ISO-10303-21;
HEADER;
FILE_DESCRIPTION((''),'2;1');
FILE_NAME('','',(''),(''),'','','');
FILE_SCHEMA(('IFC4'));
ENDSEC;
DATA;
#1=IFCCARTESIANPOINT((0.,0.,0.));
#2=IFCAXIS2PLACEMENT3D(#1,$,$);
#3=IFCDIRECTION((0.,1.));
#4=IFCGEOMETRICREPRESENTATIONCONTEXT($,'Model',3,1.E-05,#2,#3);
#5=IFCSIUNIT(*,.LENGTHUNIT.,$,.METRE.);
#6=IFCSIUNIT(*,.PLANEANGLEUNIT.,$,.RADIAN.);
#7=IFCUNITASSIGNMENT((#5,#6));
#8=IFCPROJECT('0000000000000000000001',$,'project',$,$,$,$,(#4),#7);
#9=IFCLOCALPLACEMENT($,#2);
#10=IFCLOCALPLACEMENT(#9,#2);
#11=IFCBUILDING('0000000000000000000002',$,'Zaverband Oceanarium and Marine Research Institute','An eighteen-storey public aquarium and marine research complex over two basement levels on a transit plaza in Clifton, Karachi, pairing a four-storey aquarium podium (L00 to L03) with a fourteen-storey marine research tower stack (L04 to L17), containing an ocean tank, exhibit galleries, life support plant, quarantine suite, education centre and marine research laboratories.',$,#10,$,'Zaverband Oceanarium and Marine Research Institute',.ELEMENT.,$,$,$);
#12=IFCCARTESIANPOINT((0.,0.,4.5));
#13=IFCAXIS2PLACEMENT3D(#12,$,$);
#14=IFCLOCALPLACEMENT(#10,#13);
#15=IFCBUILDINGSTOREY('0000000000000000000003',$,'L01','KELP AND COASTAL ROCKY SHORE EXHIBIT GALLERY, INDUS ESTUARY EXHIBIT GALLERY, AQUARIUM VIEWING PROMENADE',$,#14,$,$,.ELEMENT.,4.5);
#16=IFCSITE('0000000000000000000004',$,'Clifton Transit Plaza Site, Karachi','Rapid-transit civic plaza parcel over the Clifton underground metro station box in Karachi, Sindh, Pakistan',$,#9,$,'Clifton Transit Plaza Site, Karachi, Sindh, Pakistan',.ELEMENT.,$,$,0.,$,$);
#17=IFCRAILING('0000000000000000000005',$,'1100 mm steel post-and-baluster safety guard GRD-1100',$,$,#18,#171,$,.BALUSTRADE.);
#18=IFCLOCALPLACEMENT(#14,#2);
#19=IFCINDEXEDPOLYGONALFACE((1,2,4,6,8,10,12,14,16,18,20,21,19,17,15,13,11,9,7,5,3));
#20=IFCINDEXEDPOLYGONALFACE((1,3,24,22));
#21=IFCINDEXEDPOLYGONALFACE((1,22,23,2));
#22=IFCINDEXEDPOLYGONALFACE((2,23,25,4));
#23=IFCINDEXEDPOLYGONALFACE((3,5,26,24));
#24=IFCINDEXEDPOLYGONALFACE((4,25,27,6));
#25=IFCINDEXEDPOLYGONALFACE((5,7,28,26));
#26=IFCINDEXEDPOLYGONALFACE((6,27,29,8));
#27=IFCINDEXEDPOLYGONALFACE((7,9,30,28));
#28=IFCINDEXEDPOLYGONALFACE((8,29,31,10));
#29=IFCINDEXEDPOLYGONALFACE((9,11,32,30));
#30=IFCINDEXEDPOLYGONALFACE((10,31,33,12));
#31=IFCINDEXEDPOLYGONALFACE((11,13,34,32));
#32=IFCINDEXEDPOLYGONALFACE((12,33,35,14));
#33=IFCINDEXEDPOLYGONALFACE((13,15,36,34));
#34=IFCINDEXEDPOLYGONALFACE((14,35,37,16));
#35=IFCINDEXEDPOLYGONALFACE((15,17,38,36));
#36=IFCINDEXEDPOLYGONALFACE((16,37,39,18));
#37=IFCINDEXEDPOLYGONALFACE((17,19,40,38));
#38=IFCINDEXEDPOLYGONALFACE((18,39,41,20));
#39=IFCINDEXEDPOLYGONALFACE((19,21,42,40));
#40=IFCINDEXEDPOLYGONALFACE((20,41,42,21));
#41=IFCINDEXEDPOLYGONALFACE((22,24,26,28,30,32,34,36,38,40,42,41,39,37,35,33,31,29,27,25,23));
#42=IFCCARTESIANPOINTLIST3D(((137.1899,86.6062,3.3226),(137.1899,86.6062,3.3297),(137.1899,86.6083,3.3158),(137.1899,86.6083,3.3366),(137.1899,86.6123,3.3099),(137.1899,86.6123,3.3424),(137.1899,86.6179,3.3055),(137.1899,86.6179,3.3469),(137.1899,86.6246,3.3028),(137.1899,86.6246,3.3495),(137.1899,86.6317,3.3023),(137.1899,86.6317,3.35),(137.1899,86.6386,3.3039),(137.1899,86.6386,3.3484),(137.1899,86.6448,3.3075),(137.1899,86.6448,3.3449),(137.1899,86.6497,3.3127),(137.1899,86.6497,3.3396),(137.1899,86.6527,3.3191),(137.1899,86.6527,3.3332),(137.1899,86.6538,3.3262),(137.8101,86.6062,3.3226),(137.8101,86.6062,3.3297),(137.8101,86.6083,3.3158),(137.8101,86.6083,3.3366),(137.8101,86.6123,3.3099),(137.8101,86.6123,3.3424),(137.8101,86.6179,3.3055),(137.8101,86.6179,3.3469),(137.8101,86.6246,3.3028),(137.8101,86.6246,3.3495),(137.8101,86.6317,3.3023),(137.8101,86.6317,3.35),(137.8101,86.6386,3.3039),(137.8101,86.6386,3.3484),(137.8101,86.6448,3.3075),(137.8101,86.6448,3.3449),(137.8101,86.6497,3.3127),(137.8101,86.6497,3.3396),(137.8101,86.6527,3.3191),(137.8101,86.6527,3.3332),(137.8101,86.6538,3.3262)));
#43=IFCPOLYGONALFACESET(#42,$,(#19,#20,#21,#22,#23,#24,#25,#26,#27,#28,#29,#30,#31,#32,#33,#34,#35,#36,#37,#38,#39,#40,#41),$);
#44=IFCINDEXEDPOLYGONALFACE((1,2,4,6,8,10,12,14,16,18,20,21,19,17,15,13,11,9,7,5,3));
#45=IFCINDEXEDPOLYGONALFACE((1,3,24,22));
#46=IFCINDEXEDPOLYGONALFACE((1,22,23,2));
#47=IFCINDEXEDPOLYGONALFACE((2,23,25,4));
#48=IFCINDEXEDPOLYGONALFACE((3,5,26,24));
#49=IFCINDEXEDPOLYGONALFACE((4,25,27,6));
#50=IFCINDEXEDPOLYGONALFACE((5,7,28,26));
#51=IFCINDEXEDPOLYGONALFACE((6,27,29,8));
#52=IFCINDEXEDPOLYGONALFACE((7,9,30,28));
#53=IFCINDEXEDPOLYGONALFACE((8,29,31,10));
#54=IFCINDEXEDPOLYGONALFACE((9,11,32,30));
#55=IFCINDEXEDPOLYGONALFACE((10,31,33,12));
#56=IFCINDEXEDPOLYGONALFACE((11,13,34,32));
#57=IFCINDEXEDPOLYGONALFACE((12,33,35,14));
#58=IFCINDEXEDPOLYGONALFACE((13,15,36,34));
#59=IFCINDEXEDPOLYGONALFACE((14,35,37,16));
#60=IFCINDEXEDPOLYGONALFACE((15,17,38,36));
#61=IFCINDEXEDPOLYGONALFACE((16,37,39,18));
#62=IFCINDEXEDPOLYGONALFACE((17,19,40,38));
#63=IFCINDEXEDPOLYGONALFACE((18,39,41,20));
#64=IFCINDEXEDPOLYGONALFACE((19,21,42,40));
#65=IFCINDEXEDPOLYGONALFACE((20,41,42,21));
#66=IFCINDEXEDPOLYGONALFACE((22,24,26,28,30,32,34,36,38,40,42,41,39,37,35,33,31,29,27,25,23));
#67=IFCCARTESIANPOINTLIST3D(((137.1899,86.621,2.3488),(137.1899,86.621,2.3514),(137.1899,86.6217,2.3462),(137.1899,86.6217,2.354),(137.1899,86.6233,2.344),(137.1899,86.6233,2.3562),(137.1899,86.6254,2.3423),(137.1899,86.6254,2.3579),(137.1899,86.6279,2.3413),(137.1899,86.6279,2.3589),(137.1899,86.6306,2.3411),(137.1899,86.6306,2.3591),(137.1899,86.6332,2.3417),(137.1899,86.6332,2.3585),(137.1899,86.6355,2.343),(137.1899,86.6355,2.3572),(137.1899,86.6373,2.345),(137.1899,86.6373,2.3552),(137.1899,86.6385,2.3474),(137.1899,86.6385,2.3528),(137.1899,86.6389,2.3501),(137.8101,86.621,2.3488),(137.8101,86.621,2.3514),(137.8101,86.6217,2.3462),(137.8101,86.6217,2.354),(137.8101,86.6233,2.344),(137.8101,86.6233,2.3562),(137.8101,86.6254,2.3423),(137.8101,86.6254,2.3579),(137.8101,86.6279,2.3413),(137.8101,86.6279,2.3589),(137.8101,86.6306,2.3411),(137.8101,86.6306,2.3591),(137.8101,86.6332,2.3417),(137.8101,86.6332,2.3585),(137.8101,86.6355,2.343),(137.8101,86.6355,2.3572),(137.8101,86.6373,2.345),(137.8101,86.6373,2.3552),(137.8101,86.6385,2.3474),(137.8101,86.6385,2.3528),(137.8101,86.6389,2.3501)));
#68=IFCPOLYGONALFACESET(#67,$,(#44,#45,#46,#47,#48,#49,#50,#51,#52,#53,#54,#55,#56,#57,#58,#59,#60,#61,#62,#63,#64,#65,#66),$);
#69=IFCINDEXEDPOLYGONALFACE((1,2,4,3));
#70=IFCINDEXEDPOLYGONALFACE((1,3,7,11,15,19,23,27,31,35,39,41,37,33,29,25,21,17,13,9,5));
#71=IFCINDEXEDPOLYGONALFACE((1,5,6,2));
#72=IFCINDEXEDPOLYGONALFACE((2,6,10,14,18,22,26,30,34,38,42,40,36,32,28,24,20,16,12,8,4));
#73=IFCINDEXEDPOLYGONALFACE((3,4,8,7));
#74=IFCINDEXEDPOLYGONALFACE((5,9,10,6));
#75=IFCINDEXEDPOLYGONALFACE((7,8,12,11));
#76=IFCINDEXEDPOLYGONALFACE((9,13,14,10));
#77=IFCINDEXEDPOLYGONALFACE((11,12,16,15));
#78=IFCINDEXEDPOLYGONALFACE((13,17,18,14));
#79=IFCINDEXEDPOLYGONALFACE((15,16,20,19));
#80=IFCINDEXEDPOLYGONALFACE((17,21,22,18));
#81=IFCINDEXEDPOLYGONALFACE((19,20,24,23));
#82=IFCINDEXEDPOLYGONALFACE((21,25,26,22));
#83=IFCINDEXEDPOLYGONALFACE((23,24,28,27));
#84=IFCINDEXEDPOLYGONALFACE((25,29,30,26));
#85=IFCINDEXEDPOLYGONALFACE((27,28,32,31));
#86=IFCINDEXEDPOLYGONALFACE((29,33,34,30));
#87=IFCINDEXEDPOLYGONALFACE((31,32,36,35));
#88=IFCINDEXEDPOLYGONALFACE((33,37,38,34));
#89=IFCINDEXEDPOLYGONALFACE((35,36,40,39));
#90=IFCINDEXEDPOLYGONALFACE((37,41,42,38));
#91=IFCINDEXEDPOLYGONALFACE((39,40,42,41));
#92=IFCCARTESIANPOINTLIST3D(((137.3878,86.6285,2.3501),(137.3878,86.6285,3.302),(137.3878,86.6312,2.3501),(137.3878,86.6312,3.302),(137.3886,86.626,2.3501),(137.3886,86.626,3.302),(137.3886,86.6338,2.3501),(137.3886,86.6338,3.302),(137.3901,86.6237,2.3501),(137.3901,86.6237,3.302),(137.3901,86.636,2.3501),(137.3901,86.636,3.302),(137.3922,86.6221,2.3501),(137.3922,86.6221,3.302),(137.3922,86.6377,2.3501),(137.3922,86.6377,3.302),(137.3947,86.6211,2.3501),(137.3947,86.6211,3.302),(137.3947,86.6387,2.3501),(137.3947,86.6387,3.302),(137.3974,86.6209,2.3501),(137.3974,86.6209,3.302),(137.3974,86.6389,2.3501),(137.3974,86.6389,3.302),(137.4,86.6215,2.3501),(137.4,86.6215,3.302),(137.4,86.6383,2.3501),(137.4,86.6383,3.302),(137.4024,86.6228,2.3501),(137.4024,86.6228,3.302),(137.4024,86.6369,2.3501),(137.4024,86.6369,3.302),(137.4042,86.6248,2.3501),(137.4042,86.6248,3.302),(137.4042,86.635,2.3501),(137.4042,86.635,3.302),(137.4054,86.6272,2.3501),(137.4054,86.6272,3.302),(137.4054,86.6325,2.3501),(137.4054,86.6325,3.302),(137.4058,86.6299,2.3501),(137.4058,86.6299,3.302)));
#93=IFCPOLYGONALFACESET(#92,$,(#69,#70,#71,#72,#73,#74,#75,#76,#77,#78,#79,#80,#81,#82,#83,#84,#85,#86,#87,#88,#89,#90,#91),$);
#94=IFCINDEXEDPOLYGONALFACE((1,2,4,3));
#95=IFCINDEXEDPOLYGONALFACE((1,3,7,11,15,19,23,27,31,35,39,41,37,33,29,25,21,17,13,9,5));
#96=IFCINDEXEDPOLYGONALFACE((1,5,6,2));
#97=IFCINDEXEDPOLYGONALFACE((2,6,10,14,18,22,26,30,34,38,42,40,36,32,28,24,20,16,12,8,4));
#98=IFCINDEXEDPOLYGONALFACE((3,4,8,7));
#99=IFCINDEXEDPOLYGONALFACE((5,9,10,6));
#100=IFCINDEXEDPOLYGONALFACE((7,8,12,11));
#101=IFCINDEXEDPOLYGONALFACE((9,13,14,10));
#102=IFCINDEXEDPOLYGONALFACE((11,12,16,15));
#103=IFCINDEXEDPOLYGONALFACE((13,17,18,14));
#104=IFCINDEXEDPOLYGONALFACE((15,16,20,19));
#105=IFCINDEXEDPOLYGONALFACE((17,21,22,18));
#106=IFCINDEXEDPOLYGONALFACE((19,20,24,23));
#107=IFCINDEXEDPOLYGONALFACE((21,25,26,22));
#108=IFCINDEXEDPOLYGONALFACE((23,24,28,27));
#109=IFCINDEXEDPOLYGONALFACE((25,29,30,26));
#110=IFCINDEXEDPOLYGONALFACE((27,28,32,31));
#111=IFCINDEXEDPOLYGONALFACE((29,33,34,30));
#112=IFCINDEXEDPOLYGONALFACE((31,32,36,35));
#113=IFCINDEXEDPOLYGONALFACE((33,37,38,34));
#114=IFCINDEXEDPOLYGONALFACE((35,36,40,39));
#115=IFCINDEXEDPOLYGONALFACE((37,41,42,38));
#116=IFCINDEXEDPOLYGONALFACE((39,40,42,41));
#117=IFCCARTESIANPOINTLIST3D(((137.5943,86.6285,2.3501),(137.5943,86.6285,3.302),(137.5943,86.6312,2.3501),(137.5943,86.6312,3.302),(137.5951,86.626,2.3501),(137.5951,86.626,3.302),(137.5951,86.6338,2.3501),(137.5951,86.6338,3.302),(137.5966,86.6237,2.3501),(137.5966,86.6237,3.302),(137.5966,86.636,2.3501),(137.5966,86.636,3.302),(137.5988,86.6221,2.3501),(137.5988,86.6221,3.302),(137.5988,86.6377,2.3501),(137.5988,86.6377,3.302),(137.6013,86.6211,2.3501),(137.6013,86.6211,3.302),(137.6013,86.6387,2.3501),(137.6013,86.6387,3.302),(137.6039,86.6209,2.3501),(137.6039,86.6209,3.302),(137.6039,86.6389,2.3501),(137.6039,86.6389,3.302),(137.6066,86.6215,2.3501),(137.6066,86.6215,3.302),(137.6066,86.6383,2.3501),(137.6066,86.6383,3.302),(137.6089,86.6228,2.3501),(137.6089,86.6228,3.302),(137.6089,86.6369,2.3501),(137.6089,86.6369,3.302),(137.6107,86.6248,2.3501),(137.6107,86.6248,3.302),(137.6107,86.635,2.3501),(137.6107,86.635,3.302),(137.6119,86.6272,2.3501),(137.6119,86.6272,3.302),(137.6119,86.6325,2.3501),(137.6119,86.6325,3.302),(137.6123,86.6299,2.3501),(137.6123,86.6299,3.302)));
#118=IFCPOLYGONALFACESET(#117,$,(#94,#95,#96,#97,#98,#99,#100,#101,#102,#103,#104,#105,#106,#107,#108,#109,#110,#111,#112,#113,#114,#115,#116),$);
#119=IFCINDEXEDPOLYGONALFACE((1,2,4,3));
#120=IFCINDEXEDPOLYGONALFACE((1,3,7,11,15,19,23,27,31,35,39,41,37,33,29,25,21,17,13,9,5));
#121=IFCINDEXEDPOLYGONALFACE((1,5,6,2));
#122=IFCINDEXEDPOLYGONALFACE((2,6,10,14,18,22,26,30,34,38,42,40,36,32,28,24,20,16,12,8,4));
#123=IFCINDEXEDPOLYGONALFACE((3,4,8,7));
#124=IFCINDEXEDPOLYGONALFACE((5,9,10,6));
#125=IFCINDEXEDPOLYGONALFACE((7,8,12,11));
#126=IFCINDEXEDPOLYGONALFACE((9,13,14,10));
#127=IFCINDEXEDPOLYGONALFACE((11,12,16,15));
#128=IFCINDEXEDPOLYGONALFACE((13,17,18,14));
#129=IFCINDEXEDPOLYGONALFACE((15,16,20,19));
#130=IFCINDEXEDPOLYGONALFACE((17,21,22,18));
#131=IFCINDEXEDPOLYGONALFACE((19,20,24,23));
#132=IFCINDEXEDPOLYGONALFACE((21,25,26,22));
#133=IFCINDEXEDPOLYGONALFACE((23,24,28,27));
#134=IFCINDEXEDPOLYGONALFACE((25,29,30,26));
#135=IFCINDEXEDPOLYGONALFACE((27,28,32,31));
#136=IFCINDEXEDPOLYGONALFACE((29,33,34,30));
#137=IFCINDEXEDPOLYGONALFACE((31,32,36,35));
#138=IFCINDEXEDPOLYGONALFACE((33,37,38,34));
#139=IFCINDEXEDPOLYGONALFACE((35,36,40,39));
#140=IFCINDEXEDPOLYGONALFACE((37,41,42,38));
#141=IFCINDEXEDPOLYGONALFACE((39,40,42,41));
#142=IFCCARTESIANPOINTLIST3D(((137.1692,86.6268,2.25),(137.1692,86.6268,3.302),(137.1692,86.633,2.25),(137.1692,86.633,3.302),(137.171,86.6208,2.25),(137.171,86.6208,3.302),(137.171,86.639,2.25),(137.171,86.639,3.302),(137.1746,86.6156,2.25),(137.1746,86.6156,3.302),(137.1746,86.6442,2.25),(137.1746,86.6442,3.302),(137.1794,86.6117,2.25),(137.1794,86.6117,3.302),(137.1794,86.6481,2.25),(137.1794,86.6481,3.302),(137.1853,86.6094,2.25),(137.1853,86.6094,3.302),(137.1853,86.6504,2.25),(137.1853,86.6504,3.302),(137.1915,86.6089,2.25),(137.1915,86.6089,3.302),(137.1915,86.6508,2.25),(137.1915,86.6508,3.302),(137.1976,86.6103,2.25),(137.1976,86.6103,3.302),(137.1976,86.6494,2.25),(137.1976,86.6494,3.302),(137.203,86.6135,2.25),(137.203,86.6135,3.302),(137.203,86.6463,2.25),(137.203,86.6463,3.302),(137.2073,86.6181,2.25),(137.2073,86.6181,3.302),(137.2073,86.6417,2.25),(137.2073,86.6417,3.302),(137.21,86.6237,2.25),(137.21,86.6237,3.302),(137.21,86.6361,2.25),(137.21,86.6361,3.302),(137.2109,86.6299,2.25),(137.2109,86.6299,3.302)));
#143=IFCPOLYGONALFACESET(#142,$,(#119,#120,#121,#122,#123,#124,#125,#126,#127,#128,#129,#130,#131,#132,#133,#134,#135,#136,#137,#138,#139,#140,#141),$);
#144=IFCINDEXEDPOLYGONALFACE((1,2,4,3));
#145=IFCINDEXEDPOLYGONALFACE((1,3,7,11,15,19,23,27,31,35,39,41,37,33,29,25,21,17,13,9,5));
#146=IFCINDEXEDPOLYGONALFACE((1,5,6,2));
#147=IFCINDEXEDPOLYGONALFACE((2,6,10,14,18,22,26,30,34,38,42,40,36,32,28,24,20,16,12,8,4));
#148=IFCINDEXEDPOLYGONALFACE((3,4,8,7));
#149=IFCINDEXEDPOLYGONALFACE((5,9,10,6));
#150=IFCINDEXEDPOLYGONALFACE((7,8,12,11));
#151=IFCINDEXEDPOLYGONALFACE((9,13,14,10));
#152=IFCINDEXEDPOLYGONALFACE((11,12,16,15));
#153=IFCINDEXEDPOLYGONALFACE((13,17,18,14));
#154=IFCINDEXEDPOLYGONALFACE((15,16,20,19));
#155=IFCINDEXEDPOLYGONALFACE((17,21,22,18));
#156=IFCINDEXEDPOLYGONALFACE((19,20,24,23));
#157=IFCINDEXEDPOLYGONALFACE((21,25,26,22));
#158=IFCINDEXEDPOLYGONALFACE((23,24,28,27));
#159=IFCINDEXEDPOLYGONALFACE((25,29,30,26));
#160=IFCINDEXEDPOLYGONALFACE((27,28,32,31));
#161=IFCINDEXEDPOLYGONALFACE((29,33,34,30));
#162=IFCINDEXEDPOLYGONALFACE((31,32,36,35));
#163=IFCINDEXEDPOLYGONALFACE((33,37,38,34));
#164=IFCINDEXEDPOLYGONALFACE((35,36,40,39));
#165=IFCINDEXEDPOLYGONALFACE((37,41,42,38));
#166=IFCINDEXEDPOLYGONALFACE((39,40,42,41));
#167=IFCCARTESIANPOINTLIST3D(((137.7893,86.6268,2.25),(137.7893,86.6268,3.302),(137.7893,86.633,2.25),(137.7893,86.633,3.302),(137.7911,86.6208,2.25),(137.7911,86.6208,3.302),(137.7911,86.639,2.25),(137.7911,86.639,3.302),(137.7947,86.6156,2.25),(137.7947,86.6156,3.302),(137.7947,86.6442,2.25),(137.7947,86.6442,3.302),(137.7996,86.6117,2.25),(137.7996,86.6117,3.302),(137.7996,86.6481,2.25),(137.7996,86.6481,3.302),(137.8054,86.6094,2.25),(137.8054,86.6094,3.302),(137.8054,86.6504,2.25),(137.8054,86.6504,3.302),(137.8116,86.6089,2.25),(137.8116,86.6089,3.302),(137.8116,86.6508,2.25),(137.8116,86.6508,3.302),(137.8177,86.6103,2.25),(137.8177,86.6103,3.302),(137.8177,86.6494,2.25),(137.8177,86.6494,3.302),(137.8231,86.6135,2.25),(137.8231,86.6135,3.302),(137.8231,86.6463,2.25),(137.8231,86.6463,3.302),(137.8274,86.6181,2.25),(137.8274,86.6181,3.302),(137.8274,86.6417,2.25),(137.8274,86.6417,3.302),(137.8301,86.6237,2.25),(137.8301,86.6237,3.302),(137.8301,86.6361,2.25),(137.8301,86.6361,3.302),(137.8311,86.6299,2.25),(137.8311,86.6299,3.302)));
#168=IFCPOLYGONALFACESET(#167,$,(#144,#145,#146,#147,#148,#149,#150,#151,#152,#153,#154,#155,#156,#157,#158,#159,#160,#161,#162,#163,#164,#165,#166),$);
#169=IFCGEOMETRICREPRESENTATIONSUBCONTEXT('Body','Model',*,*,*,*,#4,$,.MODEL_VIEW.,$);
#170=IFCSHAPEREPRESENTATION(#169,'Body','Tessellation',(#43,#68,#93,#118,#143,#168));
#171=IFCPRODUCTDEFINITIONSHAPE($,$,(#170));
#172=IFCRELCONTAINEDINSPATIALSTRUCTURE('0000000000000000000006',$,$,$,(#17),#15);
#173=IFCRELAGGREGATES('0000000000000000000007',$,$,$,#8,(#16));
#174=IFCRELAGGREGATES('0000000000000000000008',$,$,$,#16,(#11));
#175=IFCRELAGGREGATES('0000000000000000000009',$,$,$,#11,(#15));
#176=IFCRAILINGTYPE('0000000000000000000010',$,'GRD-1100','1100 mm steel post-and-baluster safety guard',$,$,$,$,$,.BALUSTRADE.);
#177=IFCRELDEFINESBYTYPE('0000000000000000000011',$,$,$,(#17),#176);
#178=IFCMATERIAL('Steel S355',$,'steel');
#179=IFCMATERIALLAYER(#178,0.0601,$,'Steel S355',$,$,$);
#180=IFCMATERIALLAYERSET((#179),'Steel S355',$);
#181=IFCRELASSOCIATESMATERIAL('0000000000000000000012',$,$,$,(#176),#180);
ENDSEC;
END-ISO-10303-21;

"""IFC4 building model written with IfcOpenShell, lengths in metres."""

from ifc_helpers import new_model, si_unit, direction, frame, origin, origin_2d, place, context, subcontext, project, spatial, circle, extrude, material, layer, layer_set, type_object, element, save


model = new_model("IFC4")

# Units and contexts
model_context = context("Model", 3, precision=1e-05, world=origin(), true_north=direction((0.0, 1.0)))
body_context = subcontext(model_context, "Body", "Model", "MODEL_VIEW")
ifc_project = project(units=[si_unit("LENGTHUNIT", "METRE"), si_unit("PLANEANGLEUNIT", "RADIAN")], contexts=[model_context])

# Site, building, storey
site_placement = place(None, origin())
site = spatial("IfcSite", under=ifc_project, at=site_placement, Name="Clifton Transit Plaza Site, Karachi", Description="Rapid-transit civic plaza parcel over the Clifton underground metro station box in Karachi, Sindh, Pakistan", LongName="Clifton Transit Plaza Site, Karachi, Sindh, Pakistan", CompositionType="ELEMENT", RefElevation=0.0)
building_placement = place(site_placement, origin())
building = spatial("IfcBuilding", under=site, at=building_placement, Name="Zaverband Oceanarium and Marine Research Institute", Description="An eighteen-storey public aquarium and marine research complex over two basement levels on a transit plaza in Clifton, Karachi, pairing a four-storey aquarium podium (L00 to L03) with a fourteen-storey marine research tower stack (L04 to L17), containing an ocean tank, exhibit galleries, life support plant, quarantine suite, education centre and marine research laboratories.", LongName="Zaverband Oceanarium and Marine Research Institute", CompositionType="ELEMENT")
storey_placement = place(building_placement, frame((0.0, 0.0, 4.5)))
storey = spatial("IfcBuildingStorey", under=building, at=storey_placement, Name="L01", Description="KELP AND COASTAL ROCKY SHORE EXHIBIT GALLERY, INDUS ESTUARY EXHIBIT GALLERY, AQUARIUM VIEWING PROMENADE", CompositionType="ELEMENT", Elevation=4.5)

# Shared definitions
ifc_material_1 = material(Name="Steel S355", Category="steel")

# Railing
ifc_layer_1 = layer(ifc_material_1, 0.0601, Name="Steel S355")
ifc_layer_set_1 = layer_set([ifc_layer_1], Name="Steel S355")
railing_type_1 = type_object("IfcRailingType", Name="GRD-1100", Description="1100 mm steel post-and-baluster safety guard", PredefinedType="BALUSTRADE", material=ifc_layer_set_1)
for number, where, name in (
    (1, (137.1899, 86.6299, 2.25), "1100 mm steel post-and-baluster safety guard GRD-1100"),
):
    element("IfcRailing", number, at=place(storey_placement, frame(where)), inside=storey, type_object=railing_type_1, Name=name, PredefinedType="BALUSTRADE", context=body_context, shape_type="SweptSolid", body=[
        extrude(circle(Radius=0.0239, at=origin_2d()), frame((0.0, 0.0, 1.0762), z_axis=(1.0, 0.0, 0.0), x_axis=(0.0, 1.0, 0.0)), (0.0, 0.0, 1.0), 0.6201),
        extrude(circle(Radius=0.009, at=origin_2d()), frame((0.0, 0.0, 0.1001), z_axis=(1.0, 0.0, 0.0), x_axis=(0.0, 1.0, 0.0)), (0.0, 0.0, 1.0), 0.6201),
        extrude(circle(Radius=0.009, at=origin_2d()), frame((0.2068, 0.0, 0.1001)), (0.0, 0.0, 1.0), 0.9519),
        extrude(circle(Radius=0.009, at=origin_2d()), frame((0.4133, 0.0, 0.1001)), (0.0, 0.0, 1.0), 0.9519),
        extrude(circle(Radius=0.021, at=origin_2d()), origin(), (0.0, 0.0, 1.0), 1.052),
        extrude(circle(Radius=0.021, at=origin_2d()), frame((0.6201, 0.0, 0.0)), (0.0, 0.0, 1.0), 1.052),
    ])

save(model, "model.ifc")
